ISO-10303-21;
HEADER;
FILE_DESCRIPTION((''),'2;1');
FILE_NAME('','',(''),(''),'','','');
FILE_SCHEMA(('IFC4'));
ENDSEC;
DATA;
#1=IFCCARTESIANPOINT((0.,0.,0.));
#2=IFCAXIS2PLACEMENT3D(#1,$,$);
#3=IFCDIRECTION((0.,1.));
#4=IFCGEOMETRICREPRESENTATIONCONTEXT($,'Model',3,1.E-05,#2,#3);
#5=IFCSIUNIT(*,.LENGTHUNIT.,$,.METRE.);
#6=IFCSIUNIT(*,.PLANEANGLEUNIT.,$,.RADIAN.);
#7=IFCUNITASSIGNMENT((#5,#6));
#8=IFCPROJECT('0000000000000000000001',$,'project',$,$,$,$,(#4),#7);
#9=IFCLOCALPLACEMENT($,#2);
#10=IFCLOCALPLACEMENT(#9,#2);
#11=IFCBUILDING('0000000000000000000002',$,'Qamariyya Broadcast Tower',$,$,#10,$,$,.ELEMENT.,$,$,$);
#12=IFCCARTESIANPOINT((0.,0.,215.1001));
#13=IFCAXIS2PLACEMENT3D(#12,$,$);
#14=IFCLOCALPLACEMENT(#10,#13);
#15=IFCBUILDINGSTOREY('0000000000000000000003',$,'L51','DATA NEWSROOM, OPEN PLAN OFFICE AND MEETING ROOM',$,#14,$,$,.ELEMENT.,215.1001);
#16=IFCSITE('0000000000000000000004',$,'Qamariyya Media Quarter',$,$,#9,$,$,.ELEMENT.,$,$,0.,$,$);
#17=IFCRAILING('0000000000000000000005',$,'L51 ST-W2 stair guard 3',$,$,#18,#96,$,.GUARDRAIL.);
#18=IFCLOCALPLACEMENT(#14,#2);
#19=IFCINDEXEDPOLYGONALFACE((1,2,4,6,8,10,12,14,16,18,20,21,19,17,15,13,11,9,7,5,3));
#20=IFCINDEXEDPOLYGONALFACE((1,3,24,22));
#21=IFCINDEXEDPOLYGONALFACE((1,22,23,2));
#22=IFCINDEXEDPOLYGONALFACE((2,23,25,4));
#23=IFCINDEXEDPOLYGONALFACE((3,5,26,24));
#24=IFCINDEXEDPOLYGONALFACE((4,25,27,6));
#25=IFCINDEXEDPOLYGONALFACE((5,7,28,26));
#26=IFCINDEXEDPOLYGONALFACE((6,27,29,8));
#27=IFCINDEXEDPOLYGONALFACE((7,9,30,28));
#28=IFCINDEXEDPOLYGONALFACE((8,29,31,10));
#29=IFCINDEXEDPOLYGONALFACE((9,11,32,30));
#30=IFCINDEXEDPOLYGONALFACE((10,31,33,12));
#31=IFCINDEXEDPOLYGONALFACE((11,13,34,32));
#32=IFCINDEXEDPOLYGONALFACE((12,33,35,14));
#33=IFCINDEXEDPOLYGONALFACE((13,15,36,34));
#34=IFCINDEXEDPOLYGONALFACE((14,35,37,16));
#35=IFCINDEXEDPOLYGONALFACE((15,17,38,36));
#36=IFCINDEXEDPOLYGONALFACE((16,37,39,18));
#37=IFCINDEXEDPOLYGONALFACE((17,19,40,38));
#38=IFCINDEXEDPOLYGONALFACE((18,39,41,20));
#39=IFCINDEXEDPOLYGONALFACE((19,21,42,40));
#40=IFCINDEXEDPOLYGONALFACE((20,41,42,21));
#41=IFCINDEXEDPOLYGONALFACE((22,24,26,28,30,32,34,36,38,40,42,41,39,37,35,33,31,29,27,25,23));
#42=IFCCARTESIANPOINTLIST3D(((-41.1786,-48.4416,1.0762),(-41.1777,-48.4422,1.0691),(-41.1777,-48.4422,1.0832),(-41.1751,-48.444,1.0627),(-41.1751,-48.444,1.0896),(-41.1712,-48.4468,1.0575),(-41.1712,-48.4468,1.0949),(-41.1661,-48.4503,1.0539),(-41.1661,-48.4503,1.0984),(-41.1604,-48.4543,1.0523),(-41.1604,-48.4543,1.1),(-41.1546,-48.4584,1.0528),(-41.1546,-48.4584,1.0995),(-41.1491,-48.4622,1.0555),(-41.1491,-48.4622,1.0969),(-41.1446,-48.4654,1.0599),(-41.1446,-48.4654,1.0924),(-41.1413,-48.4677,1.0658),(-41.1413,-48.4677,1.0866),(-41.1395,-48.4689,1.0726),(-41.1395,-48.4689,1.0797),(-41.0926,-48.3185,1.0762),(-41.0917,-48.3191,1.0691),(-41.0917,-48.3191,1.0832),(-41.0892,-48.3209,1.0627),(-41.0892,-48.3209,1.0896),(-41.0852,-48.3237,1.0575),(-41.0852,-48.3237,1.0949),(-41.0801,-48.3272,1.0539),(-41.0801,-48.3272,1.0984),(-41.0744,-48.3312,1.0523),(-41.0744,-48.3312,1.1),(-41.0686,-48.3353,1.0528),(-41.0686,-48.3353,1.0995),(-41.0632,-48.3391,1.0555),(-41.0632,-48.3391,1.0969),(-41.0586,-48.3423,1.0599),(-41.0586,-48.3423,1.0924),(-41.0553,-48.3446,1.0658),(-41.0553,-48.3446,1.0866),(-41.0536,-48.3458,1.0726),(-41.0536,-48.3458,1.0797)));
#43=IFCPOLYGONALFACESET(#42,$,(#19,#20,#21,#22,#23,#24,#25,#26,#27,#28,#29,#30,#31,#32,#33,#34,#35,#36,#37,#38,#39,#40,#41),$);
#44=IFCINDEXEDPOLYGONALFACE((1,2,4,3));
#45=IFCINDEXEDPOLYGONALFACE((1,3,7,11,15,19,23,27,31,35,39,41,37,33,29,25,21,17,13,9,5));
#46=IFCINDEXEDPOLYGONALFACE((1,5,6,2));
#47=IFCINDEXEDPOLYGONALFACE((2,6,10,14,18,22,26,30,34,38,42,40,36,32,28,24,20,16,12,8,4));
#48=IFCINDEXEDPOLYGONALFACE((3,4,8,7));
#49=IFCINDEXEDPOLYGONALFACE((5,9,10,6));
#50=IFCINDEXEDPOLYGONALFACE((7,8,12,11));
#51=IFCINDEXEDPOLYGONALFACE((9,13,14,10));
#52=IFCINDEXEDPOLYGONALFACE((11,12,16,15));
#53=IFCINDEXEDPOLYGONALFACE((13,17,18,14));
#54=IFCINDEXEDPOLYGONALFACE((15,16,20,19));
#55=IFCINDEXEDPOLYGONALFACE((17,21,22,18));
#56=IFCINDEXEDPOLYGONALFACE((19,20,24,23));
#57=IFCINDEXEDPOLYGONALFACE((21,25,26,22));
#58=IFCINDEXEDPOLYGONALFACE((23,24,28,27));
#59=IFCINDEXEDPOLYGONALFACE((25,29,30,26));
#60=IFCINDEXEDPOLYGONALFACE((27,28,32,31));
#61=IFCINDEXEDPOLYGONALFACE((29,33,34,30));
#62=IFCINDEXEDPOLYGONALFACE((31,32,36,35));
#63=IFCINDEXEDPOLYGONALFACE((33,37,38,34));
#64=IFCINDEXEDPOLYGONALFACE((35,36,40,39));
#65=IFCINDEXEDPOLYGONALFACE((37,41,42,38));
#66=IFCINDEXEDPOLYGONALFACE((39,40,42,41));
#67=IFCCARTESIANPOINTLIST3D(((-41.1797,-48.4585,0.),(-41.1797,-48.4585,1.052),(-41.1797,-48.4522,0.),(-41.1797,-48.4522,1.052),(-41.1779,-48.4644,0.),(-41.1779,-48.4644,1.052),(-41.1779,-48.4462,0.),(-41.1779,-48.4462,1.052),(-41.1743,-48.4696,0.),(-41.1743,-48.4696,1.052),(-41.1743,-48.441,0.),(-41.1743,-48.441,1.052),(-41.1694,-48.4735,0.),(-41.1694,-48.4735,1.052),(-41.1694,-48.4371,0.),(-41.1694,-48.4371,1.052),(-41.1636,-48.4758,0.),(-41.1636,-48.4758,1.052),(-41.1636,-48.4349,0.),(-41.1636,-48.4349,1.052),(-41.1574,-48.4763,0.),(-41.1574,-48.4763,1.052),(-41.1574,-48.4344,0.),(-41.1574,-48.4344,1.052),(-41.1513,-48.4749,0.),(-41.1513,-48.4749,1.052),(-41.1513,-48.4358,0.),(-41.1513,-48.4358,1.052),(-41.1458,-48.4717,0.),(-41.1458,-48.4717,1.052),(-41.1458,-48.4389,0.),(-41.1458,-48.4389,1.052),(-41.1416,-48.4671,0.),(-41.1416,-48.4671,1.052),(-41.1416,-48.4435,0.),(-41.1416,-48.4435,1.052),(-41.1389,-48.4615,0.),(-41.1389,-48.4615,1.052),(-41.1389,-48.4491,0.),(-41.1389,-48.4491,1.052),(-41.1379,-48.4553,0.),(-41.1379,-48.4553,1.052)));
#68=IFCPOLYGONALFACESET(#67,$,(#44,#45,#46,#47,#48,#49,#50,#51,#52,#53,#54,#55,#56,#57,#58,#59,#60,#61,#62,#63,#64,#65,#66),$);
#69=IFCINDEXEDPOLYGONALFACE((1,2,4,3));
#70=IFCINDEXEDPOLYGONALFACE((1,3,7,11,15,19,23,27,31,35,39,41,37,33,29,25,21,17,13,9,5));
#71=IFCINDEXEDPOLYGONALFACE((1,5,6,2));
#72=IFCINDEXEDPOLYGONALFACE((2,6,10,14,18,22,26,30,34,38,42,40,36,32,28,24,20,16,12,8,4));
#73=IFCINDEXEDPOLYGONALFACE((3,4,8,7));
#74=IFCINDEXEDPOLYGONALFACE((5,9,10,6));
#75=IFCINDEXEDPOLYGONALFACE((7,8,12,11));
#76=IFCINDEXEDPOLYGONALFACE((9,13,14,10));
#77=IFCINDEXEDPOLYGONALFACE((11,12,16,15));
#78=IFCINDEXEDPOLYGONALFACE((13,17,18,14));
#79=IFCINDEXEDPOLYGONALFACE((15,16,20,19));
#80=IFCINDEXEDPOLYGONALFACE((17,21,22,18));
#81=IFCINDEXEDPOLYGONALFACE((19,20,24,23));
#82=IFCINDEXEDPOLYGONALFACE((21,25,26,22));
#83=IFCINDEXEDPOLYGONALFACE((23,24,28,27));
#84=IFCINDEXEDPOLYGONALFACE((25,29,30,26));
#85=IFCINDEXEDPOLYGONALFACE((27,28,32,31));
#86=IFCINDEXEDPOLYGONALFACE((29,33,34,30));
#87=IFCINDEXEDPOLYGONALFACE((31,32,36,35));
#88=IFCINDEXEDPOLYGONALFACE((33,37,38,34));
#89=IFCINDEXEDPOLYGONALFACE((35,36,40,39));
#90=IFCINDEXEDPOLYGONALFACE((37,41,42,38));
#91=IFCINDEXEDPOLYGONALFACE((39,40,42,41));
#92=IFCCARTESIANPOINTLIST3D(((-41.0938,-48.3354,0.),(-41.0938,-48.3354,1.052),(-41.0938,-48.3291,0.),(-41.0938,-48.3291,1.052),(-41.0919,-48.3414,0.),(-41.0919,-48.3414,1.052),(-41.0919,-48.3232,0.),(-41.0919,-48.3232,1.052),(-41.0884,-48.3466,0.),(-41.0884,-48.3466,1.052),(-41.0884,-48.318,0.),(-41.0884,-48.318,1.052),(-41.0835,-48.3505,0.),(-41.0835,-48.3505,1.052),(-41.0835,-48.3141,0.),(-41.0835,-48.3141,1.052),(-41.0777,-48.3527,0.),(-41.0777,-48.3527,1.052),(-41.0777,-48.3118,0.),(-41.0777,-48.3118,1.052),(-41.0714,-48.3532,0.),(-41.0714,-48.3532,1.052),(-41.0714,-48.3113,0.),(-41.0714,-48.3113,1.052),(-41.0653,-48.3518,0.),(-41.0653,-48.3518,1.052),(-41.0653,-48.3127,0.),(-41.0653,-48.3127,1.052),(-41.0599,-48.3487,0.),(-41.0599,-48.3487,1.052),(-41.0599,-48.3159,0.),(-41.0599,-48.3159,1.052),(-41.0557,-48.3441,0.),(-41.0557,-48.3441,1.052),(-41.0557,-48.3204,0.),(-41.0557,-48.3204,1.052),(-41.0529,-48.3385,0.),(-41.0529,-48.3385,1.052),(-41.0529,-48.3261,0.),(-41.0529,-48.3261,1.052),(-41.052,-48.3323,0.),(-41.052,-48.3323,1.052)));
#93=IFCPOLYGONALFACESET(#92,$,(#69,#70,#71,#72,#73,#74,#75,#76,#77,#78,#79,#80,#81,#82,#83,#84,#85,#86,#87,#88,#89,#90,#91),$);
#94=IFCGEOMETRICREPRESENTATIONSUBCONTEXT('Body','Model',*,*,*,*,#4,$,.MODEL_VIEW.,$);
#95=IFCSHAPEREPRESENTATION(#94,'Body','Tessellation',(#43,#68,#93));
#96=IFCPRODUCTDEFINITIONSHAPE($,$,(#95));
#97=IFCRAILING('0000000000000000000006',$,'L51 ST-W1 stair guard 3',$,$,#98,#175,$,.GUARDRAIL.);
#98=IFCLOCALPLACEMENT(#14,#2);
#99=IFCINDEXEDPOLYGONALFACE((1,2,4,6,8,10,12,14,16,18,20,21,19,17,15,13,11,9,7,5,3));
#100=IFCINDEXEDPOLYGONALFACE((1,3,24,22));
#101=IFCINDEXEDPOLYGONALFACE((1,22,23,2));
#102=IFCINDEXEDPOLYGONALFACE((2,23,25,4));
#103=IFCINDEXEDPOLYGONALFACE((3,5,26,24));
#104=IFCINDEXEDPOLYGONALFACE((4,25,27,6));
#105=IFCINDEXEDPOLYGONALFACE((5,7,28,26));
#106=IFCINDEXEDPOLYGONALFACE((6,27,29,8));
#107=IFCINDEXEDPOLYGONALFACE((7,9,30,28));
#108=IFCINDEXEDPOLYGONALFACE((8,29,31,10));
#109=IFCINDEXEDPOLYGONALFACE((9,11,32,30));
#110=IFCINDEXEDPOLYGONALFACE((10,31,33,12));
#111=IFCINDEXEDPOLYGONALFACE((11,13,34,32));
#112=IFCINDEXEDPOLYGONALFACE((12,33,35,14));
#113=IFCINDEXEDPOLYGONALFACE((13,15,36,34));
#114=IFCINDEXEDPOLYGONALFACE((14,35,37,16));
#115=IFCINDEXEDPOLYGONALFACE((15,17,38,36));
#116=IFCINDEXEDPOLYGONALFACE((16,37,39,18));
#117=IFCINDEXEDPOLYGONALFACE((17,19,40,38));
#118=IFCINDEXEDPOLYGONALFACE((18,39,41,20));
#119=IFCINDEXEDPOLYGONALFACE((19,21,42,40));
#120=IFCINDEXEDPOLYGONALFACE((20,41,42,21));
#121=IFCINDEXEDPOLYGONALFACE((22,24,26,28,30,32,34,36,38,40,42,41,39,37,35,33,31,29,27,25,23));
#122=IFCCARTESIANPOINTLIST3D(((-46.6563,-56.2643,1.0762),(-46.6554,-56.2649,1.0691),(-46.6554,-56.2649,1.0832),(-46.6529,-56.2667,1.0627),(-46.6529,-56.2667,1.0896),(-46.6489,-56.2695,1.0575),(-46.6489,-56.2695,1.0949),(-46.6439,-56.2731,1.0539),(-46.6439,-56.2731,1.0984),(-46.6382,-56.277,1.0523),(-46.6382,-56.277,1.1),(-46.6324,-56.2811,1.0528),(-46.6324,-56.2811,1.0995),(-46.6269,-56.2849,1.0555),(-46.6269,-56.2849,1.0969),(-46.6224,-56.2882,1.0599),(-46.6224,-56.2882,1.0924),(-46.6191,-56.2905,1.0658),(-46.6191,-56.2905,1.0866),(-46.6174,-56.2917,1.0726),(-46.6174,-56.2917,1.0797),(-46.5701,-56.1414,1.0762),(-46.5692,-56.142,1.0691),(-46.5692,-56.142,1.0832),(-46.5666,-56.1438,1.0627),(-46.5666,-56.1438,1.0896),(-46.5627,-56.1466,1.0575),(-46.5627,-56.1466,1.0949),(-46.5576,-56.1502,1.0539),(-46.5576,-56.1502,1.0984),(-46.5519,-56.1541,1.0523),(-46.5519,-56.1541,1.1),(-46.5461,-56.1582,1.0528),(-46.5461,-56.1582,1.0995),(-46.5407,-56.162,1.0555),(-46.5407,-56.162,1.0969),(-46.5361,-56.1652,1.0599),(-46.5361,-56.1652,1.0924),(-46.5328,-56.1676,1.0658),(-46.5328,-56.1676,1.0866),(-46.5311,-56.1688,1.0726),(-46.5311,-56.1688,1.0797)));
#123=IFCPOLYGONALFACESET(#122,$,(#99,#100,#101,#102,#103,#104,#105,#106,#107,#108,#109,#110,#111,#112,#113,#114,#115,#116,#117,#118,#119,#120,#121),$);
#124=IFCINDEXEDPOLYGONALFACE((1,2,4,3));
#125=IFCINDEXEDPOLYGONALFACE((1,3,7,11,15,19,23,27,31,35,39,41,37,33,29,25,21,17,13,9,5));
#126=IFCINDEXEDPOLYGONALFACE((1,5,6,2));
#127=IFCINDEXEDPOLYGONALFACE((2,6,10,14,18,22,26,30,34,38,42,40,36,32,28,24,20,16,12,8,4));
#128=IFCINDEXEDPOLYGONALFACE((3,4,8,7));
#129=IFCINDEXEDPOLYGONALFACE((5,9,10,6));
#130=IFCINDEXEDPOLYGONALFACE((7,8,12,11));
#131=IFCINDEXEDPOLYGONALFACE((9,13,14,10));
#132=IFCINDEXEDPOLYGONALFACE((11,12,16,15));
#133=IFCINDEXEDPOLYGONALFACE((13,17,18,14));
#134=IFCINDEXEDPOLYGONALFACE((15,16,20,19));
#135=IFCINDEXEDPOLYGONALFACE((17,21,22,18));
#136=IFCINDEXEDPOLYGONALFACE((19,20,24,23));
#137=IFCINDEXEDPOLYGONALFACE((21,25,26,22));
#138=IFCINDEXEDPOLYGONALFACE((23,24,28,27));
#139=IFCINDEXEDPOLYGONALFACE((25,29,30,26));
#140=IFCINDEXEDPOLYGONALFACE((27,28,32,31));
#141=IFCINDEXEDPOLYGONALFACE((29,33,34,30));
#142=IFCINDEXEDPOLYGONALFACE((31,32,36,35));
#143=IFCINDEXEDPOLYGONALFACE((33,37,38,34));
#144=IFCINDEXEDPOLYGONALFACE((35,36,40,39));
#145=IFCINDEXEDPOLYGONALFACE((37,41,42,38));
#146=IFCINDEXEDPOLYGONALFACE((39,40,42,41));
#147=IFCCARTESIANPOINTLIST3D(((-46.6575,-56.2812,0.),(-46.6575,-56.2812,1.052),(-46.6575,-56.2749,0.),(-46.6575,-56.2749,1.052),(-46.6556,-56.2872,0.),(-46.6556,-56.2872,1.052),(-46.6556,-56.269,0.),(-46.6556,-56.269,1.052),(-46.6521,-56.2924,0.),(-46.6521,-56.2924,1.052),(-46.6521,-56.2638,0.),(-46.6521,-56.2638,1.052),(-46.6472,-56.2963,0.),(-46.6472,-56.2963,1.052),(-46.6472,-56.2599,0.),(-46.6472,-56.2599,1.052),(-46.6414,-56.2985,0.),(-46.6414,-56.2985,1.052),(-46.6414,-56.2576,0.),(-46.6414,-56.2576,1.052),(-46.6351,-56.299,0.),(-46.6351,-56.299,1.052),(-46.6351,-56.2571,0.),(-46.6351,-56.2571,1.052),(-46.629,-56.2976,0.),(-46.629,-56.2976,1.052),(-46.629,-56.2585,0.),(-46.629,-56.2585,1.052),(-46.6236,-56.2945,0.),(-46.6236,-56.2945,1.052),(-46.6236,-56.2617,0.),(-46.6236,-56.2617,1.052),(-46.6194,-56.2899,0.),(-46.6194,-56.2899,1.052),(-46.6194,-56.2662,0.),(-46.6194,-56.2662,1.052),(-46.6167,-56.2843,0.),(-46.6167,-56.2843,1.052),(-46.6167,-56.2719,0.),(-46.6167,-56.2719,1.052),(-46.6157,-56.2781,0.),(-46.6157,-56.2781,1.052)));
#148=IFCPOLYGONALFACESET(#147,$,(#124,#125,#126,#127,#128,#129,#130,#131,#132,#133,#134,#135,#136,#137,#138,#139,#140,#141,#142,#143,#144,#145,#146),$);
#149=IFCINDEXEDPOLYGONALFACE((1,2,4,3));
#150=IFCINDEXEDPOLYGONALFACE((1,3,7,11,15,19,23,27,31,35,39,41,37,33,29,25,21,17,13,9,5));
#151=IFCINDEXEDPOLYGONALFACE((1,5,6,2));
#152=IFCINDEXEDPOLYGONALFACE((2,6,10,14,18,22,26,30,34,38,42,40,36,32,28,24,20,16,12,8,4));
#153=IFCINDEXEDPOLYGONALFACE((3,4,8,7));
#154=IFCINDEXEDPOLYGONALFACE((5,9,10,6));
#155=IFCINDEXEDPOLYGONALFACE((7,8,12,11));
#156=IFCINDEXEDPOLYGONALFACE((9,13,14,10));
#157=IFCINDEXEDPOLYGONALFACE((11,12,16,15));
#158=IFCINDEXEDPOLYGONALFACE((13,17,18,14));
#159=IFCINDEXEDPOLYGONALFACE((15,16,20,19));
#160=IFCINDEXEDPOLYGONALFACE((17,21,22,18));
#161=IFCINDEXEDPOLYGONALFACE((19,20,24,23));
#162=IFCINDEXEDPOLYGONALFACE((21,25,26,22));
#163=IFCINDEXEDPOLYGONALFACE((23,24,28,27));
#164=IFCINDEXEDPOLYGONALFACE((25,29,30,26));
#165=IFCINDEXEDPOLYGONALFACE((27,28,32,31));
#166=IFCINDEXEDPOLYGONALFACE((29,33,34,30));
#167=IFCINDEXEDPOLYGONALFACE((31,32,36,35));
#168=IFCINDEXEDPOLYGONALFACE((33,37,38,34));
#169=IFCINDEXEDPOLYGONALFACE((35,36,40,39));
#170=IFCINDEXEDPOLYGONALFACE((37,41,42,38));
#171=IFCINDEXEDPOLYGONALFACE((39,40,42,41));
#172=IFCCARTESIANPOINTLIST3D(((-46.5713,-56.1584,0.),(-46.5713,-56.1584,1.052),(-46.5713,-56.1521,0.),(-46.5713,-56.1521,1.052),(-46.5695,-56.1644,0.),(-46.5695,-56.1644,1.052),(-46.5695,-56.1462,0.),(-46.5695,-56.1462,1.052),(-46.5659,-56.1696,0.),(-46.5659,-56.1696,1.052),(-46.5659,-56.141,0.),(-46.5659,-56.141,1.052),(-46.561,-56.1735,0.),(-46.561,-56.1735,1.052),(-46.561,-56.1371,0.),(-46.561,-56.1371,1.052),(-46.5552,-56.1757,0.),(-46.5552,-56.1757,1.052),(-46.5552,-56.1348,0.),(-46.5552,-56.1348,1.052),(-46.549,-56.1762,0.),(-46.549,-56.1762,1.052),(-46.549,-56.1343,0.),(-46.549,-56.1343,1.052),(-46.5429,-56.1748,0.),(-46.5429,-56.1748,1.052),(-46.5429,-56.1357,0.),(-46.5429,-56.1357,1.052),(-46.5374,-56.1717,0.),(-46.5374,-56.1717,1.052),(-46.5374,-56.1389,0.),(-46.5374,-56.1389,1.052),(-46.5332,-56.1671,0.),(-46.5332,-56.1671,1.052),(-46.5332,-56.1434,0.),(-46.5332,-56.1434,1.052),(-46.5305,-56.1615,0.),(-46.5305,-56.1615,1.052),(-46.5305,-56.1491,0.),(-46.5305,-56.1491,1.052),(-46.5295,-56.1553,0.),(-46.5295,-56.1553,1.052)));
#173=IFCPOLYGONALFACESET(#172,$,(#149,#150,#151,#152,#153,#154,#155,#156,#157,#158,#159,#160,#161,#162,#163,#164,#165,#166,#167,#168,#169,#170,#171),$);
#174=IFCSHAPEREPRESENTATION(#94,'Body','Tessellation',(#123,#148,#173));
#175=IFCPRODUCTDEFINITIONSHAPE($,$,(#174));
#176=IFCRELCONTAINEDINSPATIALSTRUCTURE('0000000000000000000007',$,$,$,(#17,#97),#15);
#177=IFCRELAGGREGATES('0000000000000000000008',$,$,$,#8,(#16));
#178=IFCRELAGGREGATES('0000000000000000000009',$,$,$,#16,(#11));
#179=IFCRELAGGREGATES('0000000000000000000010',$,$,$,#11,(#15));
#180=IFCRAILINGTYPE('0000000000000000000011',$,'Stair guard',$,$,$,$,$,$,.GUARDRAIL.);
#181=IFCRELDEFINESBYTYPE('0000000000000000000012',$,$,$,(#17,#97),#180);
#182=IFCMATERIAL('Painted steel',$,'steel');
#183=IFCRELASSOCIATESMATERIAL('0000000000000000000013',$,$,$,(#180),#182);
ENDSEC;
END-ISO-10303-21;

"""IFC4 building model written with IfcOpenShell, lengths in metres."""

from ifc_helpers import new_model, si_unit, direction, frame, origin, origin_2d, place, context, subcontext, project, spatial, circle, extrude, material, type_object, element, save


model = new_model("IFC4")

# Units and contexts
model_context = context("Model", 3, precision=1e-05, world=origin(), true_north=direction((0.0, 1.0)))
body_context = subcontext(model_context, "Body", "Model", "MODEL_VIEW")
ifc_project = project(units=[si_unit("LENGTHUNIT", "METRE"), si_unit("PLANEANGLEUNIT", "RADIAN")], contexts=[model_context])

# Site, building, storey
site_placement = place(None, origin())
site = spatial("IfcSite", under=ifc_project, at=site_placement, Name="Qamariyya Media Quarter", CompositionType="ELEMENT", RefElevation=0.0)
building_placement = place(site_placement, origin())
building = spatial("IfcBuilding", under=site, at=building_placement, Name="Qamariyya Broadcast Tower", CompositionType="ELEMENT")
storey_placement = place(building_placement, frame((0.0, 0.0, 215.1001)))
storey = spatial("IfcBuildingStorey", under=building, at=storey_placement, Name="L51", Description="DATA NEWSROOM, OPEN PLAN OFFICE AND MEETING ROOM", CompositionType="ELEMENT", Elevation=215.1001)

# Railings
ifc_material_1 = material(Name="Painted steel", Category="steel")
railing_type_1 = type_object("IfcRailingType", Name="Stair guard", PredefinedType="GUARDRAIL", material=ifc_material_1)
railing_1_placement = place(storey_placement, frame((-41.1589, -48.4553, 0.0)))
element("IfcRailing", 1, at=railing_1_placement, inside=storey, type_object=railing_type_1, Name="L51 ST-W2 stair guard 3", PredefinedType="GUARDRAIL", context=body_context, shape_type="SweptSolid", body=[
    extrude(circle(Radius=0.0239, at=origin_2d()), frame((0.0, 0.0, 1.0762), z_axis=(0.572589, 0.819843, 0.0), x_axis=(-0.819843, 0.572589, 0.0)), (0.0, 0.0, 1.0), 0.1501),
    extrude(circle(Radius=0.021, at=origin_2d()), origin(), (0.0, 0.0, 1.0), 1.052),
    extrude(circle(Radius=0.021, at=origin_2d()), frame((0.0859, 0.123, 0.0)), (0.0, 0.0, 1.0), 1.052),
])
railing_2_placement = place(storey_placement, frame((-46.6367, -56.2781, 0.0)))
element("IfcRailing", 2, at=railing_2_placement, inside=storey, type_object=railing_type_1, Name="L51 ST-W1 stair guard 3", PredefinedType="GUARDRAIL", context=body_context, shape_type="SweptSolid", body=[
    extrude(circle(Radius=0.0239, at=origin_2d()), frame((0.0, 0.0, 1.0762), z_axis=(0.574445, 0.818543, 0.0), x_axis=(-0.818543, 0.574445, 0.0)), (0.0, 0.0, 1.0), 0.1501),
    extrude(circle(Radius=0.021, at=origin_2d()), origin(), (0.0, 0.0, 1.0), 1.052),
    extrude(circle(Radius=0.021, at=origin_2d()), frame((0.0862, 0.1228, 0.0)), (0.0, 0.0, 1.0), 1.052),
])

save(model, "model.ifc")
